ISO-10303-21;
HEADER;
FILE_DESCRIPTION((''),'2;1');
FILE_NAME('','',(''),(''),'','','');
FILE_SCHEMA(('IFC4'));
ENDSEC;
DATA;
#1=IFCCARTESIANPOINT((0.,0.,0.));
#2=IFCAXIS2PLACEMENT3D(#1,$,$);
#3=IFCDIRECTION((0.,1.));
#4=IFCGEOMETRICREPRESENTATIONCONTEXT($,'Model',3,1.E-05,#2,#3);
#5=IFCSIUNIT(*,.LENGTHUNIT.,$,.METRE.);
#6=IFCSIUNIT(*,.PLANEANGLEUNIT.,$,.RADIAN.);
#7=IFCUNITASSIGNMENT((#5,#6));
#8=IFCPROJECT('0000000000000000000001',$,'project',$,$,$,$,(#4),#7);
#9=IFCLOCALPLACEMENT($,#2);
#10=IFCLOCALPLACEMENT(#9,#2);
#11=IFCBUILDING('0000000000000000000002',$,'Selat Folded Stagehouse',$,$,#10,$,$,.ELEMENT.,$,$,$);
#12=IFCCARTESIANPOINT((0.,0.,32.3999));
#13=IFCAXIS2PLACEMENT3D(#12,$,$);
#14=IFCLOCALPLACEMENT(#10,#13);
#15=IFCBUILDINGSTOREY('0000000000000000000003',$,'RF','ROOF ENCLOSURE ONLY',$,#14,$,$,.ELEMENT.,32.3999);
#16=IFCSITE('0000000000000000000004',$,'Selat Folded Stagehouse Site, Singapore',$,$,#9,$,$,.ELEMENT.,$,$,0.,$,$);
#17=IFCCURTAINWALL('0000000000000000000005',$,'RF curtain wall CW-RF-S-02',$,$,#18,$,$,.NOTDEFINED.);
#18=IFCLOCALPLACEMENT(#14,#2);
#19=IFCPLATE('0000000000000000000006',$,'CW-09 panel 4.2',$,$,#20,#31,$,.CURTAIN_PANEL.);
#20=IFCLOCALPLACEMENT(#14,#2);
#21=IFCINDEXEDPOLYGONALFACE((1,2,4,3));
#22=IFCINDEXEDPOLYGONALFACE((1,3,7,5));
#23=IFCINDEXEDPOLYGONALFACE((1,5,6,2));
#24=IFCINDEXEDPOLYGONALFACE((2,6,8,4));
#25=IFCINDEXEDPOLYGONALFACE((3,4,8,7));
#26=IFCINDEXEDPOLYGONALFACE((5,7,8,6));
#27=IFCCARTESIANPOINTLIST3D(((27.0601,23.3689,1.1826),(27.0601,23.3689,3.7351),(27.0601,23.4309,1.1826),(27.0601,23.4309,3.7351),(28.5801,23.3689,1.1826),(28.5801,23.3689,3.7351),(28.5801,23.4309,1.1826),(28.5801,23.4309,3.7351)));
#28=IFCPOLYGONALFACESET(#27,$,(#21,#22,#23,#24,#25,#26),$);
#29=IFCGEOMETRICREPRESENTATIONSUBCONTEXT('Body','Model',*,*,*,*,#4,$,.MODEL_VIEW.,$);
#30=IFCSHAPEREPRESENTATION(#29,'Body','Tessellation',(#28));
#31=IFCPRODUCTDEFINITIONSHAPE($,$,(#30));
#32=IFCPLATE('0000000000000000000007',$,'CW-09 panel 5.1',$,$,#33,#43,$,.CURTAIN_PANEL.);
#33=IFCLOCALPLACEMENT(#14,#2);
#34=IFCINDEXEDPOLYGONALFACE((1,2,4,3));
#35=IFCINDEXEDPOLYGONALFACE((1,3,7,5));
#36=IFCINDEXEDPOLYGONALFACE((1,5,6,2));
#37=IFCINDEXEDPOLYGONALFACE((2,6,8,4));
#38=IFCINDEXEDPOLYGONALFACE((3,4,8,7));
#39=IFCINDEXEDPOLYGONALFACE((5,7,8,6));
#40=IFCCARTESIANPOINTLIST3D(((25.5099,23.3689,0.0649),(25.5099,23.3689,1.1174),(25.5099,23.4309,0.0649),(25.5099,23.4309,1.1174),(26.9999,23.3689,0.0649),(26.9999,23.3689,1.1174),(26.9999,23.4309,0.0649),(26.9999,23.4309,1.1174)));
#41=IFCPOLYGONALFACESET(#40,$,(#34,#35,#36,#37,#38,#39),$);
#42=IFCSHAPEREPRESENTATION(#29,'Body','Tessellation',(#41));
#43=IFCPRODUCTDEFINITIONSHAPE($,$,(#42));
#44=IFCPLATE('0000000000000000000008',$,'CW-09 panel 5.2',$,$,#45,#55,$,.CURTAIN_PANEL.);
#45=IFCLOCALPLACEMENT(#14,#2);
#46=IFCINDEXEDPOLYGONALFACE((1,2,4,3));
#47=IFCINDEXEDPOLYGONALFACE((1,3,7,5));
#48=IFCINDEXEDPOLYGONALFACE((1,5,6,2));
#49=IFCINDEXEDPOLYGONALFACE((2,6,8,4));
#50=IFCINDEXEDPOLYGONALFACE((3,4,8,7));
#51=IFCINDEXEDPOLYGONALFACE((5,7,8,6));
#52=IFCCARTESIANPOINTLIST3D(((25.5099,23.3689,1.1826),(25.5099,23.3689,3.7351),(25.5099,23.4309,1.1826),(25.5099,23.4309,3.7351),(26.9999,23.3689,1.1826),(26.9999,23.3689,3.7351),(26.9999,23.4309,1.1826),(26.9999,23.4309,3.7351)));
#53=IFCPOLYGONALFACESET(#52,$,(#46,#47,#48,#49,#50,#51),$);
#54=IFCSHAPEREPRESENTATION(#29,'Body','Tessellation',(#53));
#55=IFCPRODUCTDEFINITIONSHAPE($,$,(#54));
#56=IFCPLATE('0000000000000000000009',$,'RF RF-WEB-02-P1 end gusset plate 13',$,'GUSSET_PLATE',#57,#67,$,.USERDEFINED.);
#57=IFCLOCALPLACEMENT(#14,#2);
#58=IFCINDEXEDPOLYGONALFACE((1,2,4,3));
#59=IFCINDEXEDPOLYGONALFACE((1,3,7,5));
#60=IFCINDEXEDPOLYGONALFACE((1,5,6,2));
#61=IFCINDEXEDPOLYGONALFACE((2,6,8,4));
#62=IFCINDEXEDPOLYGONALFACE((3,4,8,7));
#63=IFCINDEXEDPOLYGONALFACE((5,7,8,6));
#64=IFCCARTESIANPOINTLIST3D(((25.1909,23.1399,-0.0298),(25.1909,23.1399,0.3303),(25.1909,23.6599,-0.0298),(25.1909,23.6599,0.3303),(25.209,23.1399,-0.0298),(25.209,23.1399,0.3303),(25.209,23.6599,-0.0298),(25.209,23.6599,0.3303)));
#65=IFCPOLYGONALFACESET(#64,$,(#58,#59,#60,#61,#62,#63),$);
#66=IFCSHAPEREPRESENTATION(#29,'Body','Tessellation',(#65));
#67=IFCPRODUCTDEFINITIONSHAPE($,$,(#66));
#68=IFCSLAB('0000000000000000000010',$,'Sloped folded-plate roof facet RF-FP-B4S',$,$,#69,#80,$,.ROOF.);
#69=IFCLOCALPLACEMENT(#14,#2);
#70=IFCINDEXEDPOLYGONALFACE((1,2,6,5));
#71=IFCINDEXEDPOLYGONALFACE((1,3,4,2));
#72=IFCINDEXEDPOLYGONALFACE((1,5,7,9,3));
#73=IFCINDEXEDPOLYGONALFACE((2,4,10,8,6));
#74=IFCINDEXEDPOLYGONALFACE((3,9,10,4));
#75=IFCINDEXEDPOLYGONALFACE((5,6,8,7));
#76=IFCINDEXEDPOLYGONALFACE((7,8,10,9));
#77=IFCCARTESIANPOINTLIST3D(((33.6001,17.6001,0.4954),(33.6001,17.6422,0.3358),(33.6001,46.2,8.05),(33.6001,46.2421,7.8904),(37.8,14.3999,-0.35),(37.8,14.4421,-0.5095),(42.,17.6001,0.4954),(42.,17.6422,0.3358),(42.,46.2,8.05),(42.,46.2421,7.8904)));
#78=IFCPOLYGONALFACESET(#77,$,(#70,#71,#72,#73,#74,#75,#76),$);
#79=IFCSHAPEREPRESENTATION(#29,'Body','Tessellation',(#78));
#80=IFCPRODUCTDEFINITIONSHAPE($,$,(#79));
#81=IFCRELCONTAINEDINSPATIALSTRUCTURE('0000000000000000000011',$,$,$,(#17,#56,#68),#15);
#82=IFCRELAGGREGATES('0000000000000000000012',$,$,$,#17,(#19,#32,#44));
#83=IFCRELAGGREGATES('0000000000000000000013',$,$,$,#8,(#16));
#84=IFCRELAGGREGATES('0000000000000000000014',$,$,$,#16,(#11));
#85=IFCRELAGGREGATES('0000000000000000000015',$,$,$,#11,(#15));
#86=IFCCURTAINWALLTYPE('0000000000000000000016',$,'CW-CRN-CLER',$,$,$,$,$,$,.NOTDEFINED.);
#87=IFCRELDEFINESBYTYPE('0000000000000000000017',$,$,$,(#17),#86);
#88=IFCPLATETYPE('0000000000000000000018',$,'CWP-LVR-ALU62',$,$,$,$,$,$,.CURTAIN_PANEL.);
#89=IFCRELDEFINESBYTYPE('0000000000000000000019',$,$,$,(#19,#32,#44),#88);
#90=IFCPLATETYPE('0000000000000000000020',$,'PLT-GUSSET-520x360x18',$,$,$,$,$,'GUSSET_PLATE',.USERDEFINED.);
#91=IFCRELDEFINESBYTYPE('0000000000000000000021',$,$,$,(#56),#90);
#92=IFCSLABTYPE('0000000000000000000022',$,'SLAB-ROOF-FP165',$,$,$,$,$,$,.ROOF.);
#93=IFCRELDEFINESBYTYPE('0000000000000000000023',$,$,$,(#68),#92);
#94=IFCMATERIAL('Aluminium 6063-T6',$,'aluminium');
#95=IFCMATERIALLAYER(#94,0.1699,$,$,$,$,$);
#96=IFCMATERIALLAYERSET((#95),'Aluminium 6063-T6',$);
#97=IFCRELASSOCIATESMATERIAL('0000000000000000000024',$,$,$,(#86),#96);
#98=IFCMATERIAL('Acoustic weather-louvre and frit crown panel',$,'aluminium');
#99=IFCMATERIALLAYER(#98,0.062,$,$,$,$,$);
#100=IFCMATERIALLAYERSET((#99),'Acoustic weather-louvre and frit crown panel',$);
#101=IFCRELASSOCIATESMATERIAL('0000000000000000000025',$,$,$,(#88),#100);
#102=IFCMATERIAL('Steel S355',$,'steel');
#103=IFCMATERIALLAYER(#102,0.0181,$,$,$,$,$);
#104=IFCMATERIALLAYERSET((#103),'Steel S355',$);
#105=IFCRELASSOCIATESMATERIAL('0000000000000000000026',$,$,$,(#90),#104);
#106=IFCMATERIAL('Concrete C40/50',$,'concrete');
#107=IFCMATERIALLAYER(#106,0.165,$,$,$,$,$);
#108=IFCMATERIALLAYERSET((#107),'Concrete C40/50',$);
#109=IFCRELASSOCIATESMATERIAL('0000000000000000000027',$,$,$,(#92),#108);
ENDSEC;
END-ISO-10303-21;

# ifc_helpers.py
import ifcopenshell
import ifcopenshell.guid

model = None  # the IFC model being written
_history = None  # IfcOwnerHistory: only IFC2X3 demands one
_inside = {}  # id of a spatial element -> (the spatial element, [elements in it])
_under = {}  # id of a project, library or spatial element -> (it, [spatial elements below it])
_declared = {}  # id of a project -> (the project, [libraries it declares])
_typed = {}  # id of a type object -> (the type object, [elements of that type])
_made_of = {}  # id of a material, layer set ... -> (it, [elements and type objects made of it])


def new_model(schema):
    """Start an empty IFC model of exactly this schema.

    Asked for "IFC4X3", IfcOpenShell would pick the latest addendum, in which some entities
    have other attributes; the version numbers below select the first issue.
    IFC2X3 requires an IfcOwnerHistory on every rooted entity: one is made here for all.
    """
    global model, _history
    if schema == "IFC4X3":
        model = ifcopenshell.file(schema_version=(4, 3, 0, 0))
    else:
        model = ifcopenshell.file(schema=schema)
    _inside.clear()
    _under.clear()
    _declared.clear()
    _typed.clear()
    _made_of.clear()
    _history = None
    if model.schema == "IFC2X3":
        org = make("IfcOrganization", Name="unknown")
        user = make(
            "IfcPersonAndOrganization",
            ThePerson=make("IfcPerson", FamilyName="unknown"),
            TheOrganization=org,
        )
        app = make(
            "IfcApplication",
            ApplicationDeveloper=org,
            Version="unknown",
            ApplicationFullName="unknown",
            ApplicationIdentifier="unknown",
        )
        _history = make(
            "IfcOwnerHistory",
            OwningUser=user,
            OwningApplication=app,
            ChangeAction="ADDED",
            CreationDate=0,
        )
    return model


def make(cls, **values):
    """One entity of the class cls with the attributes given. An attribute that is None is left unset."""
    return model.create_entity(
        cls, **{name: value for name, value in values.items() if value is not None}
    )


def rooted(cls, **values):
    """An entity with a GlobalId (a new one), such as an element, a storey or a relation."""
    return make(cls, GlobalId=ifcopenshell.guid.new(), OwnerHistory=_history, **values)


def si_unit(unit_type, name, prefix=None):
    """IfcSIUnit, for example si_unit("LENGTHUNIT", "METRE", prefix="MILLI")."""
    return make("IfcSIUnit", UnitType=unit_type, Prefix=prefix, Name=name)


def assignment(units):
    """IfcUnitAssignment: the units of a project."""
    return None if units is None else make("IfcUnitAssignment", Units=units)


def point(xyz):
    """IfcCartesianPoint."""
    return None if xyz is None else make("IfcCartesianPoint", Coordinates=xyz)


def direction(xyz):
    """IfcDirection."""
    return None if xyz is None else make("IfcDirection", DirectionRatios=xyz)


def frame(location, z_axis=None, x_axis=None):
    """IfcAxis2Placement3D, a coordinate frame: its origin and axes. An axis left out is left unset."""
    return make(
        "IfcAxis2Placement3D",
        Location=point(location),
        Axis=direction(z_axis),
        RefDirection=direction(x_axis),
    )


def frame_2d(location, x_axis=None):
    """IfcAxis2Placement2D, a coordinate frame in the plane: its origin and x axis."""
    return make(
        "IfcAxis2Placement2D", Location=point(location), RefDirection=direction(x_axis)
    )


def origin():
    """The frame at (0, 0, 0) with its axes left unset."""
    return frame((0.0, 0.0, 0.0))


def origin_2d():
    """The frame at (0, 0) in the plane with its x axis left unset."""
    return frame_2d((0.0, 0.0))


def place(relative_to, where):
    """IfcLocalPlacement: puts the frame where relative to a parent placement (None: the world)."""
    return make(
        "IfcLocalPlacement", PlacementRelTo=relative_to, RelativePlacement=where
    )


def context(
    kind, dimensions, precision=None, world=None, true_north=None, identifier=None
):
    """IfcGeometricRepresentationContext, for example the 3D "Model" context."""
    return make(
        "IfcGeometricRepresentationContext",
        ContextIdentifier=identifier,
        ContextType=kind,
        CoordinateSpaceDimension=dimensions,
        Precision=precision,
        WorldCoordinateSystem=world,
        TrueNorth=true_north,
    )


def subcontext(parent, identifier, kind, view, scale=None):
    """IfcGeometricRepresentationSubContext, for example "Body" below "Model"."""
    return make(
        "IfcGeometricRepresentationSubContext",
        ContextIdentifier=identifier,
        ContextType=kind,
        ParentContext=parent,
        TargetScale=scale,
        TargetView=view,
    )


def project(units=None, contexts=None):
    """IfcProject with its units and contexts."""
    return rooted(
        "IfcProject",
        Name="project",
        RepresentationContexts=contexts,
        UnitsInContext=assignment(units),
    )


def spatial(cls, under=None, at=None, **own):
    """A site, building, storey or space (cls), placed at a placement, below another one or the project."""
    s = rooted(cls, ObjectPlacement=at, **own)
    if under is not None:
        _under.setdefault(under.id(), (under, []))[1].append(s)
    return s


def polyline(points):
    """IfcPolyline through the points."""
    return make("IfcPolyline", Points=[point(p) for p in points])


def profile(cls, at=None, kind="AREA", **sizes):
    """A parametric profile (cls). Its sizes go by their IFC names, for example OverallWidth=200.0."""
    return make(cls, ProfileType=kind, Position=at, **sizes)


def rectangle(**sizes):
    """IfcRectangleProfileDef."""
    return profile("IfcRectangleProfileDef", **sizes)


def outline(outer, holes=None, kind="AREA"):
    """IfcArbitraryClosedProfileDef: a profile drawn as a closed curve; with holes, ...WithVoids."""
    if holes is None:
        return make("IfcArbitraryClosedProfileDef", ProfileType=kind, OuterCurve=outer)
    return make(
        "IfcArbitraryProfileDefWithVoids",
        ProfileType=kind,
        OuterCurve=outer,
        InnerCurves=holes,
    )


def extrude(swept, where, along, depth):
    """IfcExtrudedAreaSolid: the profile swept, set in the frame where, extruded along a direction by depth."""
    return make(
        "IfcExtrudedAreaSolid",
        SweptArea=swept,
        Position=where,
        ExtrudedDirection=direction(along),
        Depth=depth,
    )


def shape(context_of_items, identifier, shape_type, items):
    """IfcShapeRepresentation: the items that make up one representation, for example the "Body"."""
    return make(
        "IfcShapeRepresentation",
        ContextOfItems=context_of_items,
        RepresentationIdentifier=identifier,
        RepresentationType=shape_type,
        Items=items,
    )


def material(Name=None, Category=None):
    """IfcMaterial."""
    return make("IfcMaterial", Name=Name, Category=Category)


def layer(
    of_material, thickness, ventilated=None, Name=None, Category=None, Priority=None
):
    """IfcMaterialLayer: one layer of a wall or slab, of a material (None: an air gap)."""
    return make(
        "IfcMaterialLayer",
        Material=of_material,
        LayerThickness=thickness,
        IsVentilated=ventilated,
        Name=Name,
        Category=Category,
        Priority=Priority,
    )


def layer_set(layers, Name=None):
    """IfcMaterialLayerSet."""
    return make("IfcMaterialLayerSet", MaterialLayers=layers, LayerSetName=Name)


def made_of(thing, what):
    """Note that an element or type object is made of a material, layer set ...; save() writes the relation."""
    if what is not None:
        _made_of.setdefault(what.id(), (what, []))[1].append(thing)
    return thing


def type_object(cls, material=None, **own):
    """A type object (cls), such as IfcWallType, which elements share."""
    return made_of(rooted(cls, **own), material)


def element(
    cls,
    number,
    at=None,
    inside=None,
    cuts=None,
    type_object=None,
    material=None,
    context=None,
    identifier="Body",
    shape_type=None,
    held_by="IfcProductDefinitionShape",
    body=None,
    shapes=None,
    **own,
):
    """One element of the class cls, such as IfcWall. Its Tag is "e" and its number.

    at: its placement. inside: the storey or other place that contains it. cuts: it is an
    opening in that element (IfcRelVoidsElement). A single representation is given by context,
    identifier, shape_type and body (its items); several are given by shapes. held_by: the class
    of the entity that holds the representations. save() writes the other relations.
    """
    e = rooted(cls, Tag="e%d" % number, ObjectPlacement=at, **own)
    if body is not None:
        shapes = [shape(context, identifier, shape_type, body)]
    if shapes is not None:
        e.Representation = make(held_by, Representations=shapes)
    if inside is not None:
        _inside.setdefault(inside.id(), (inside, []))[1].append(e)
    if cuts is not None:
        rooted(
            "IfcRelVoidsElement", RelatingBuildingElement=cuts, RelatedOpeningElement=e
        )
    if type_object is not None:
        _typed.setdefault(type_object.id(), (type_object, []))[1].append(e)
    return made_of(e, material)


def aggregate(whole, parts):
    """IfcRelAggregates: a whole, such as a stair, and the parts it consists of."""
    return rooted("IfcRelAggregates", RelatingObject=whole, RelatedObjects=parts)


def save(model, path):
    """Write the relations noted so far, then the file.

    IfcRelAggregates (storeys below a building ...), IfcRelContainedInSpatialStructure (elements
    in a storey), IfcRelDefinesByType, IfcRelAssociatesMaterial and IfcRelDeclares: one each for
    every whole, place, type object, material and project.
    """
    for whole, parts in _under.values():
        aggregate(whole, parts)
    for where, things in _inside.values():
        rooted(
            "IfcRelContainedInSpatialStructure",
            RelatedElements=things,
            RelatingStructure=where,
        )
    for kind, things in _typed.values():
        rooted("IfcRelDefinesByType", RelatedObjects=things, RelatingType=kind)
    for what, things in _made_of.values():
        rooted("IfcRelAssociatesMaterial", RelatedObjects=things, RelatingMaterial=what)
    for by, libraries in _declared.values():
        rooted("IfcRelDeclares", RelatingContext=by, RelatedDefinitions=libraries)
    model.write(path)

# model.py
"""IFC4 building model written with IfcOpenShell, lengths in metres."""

from ifc_helpers import new_model, si_unit, direction, frame, origin, origin_2d, place, context, subcontext, project, spatial, polyline, rectangle, outline, extrude, material, layer, layer_set, type_object, element, aggregate, save


model = new_model("IFC4")

# Units and contexts
model_context = context("Model", 3, precision=1e-05, world=origin(), true_north=direction((0.0, 1.0)))
body_context = subcontext(model_context, "Body", "Model", "MODEL_VIEW")
ifc_project = project(units=[si_unit("LENGTHUNIT", "METRE"), si_unit("PLANEANGLEUNIT", "RADIAN")], contexts=[model_context])

# Site, building, storey
site_placement = place(None, origin())
site = spatial("IfcSite", under=ifc_project, at=site_placement, Name="Selat Folded Stagehouse Site, Singapore", CompositionType="ELEMENT", RefElevation=0.0)
building_placement = place(site_placement, origin())
building = spatial("IfcBuilding", under=site, at=building_placement, Name="Selat Folded Stagehouse", CompositionType="ELEMENT")
storey_placement = place(building_placement, frame((0.0, 0.0, 32.3999)))
storey = spatial("IfcBuildingStorey", under=building, at=storey_placement, Name="RF", Description="ROOF ENCLOSURE ONLY", CompositionType="ELEMENT", Elevation=32.3999)

# Shared definitions
ifc_material_1 = material(Name="Steel S355", Category="steel")

# Curtain wall
ifc_material_2 = material(Name="Aluminium 6063-T6", Category="aluminium")
ifc_layer_1 = layer(ifc_material_2, 0.1699)
ifc_layer_set_1 = layer_set([ifc_layer_1], Name="Aluminium 6063-T6")
curtain_wall_type = type_object("IfcCurtainWallType", Name="CW-CRN-CLER", PredefinedType="NOTDEFINED", material=ifc_layer_set_1)
curtain_wall_placement = place(storey_placement, origin())
curtain_wall = element("IfcCurtainWall", 1, at=curtain_wall_placement, inside=storey, type_object=curtain_wall_type, Name="RF curtain wall CW-RF-S-02", PredefinedType="NOTDEFINED")

# Plates
ifc_material_3 = material(Name="Acoustic weather-louvre and frit crown panel", Category="aluminium")
ifc_layer_2 = layer(ifc_material_3, 0.062)
ifc_layer_set_2 = layer_set([ifc_layer_2], Name="Acoustic weather-louvre and frit crown panel")
plate_type_1 = type_object("IfcPlateType", Name="CWP-LVR-ALU62", PredefinedType="CURTAIN_PANEL", material=ifc_layer_set_2)
plate_1_placement = place(storey_placement, frame((27.8201, 23.3999, 1.1826), z_axis=(0.0, 0.0, 1.0), x_axis=(-1.0, 0.0, 0.0)))
plate_1 = element("IfcPlate", 2, at=plate_1_placement, type_object=plate_type_1, Name="CW-09 panel 4.2", PredefinedType="CURTAIN_PANEL", context=body_context, shape_type="SweptSolid", body=[
    extrude(rectangle(XDim=1.52, YDim=0.062, at=origin_2d()), origin(), (0.0, 0.0, 1.0), 2.5525),
])
plate_2_placement = place(storey_placement, frame((26.2549, 23.3999, 0.0649), z_axis=(0.0, 0.0, 1.0), x_axis=(-1.0, 0.0, 0.0)))
plate_2 = element("IfcPlate", 3, at=plate_2_placement, type_object=plate_type_1, Name="CW-09 panel 5.1", PredefinedType="CURTAIN_PANEL", context=body_context, shape_type="SweptSolid", body=[
    extrude(rectangle(XDim=1.49, YDim=0.062, at=origin_2d()), origin(), (0.0, 0.0, 1.0), 1.0525),
])
plate_3_placement = place(storey_placement, frame((26.2549, 23.3999, 1.1826), z_axis=(0.0, 0.0, 1.0), x_axis=(-1.0, 0.0, 0.0)))
plate_3 = element("IfcPlate", 4, at=plate_3_placement, type_object=plate_type_1, Name="CW-09 panel 5.2", PredefinedType="CURTAIN_PANEL", context=body_context, shape_type="SweptSolid", body=[
    extrude(rectangle(XDim=1.49, YDim=0.062, at=origin_2d()), origin(), (0.0, 0.0, 1.0), 2.5525),
])
aggregate(curtain_wall, [plate_1, plate_2, plate_3])
ifc_layer_3 = layer(ifc_material_1, 0.0181)
ifc_layer_set_3 = layer_set([ifc_layer_3], Name="Steel S355")
plate_type_2 = type_object("IfcPlateType", Name="PLT-GUSSET-520x360x18", ElementType="GUSSET_PLATE", PredefinedType="USERDEFINED", material=ifc_layer_set_3)
plate_4_placement = place(storey_placement, frame((25.2, 23.3999, -0.0298), z_axis=(0.0, 0.0, 1.0), x_axis=(0.0, 1.0, 0.0)))
element("IfcPlate", 5, at=plate_4_placement, inside=storey, type_object=plate_type_2, Name="RF RF-WEB-02-P1 end gusset plate 13", ObjectType="GUSSET_PLATE", PredefinedType="USERDEFINED", context=body_context, shape_type="SweptSolid", body=[
    extrude(rectangle(XDim=0.52, YDim=0.0181, at=origin_2d()), origin(), (0.0, 0.0, 1.0), 0.3601),
])

# Slab
ifc_material_4 = material(Name="Concrete C40/50", Category="concrete")
ifc_layer_4 = layer(ifc_material_4, 0.165)
ifc_layer_set_4 = layer_set([ifc_layer_4], Name="Concrete C40/50")
slab_type = type_object("IfcSlabType", Name="SLAB-ROOF-FP165", PredefinedType="ROOF", material=ifc_layer_set_4)
slab_placement = place(storey_placement, frame((33.6001, 17.6001, 0.4954), z_axis=(0.0, -0.25539, 0.966838), x_axis=(0.785412, -0.598447, -0.158079)))
element("IfcSlab", 6, at=slab_placement, inside=storey, type_object=slab_type, Name="Sloped folded-plate roof facet RF-FP-B4S", PredefinedType="ROOF", context=body_context, shape_type="SweptSolid", body=[
    extrude(outline(polyline([(0.0, 0.0), (5.3475, 0.0), (6.5974, 5.1993), (-11.7124, 28.4324), (-18.3097, 23.2331), (0.0, 0.0)])), origin(), (0.0, 0.0, -1.0), 0.165),
])

save(model, "model.ifc")
